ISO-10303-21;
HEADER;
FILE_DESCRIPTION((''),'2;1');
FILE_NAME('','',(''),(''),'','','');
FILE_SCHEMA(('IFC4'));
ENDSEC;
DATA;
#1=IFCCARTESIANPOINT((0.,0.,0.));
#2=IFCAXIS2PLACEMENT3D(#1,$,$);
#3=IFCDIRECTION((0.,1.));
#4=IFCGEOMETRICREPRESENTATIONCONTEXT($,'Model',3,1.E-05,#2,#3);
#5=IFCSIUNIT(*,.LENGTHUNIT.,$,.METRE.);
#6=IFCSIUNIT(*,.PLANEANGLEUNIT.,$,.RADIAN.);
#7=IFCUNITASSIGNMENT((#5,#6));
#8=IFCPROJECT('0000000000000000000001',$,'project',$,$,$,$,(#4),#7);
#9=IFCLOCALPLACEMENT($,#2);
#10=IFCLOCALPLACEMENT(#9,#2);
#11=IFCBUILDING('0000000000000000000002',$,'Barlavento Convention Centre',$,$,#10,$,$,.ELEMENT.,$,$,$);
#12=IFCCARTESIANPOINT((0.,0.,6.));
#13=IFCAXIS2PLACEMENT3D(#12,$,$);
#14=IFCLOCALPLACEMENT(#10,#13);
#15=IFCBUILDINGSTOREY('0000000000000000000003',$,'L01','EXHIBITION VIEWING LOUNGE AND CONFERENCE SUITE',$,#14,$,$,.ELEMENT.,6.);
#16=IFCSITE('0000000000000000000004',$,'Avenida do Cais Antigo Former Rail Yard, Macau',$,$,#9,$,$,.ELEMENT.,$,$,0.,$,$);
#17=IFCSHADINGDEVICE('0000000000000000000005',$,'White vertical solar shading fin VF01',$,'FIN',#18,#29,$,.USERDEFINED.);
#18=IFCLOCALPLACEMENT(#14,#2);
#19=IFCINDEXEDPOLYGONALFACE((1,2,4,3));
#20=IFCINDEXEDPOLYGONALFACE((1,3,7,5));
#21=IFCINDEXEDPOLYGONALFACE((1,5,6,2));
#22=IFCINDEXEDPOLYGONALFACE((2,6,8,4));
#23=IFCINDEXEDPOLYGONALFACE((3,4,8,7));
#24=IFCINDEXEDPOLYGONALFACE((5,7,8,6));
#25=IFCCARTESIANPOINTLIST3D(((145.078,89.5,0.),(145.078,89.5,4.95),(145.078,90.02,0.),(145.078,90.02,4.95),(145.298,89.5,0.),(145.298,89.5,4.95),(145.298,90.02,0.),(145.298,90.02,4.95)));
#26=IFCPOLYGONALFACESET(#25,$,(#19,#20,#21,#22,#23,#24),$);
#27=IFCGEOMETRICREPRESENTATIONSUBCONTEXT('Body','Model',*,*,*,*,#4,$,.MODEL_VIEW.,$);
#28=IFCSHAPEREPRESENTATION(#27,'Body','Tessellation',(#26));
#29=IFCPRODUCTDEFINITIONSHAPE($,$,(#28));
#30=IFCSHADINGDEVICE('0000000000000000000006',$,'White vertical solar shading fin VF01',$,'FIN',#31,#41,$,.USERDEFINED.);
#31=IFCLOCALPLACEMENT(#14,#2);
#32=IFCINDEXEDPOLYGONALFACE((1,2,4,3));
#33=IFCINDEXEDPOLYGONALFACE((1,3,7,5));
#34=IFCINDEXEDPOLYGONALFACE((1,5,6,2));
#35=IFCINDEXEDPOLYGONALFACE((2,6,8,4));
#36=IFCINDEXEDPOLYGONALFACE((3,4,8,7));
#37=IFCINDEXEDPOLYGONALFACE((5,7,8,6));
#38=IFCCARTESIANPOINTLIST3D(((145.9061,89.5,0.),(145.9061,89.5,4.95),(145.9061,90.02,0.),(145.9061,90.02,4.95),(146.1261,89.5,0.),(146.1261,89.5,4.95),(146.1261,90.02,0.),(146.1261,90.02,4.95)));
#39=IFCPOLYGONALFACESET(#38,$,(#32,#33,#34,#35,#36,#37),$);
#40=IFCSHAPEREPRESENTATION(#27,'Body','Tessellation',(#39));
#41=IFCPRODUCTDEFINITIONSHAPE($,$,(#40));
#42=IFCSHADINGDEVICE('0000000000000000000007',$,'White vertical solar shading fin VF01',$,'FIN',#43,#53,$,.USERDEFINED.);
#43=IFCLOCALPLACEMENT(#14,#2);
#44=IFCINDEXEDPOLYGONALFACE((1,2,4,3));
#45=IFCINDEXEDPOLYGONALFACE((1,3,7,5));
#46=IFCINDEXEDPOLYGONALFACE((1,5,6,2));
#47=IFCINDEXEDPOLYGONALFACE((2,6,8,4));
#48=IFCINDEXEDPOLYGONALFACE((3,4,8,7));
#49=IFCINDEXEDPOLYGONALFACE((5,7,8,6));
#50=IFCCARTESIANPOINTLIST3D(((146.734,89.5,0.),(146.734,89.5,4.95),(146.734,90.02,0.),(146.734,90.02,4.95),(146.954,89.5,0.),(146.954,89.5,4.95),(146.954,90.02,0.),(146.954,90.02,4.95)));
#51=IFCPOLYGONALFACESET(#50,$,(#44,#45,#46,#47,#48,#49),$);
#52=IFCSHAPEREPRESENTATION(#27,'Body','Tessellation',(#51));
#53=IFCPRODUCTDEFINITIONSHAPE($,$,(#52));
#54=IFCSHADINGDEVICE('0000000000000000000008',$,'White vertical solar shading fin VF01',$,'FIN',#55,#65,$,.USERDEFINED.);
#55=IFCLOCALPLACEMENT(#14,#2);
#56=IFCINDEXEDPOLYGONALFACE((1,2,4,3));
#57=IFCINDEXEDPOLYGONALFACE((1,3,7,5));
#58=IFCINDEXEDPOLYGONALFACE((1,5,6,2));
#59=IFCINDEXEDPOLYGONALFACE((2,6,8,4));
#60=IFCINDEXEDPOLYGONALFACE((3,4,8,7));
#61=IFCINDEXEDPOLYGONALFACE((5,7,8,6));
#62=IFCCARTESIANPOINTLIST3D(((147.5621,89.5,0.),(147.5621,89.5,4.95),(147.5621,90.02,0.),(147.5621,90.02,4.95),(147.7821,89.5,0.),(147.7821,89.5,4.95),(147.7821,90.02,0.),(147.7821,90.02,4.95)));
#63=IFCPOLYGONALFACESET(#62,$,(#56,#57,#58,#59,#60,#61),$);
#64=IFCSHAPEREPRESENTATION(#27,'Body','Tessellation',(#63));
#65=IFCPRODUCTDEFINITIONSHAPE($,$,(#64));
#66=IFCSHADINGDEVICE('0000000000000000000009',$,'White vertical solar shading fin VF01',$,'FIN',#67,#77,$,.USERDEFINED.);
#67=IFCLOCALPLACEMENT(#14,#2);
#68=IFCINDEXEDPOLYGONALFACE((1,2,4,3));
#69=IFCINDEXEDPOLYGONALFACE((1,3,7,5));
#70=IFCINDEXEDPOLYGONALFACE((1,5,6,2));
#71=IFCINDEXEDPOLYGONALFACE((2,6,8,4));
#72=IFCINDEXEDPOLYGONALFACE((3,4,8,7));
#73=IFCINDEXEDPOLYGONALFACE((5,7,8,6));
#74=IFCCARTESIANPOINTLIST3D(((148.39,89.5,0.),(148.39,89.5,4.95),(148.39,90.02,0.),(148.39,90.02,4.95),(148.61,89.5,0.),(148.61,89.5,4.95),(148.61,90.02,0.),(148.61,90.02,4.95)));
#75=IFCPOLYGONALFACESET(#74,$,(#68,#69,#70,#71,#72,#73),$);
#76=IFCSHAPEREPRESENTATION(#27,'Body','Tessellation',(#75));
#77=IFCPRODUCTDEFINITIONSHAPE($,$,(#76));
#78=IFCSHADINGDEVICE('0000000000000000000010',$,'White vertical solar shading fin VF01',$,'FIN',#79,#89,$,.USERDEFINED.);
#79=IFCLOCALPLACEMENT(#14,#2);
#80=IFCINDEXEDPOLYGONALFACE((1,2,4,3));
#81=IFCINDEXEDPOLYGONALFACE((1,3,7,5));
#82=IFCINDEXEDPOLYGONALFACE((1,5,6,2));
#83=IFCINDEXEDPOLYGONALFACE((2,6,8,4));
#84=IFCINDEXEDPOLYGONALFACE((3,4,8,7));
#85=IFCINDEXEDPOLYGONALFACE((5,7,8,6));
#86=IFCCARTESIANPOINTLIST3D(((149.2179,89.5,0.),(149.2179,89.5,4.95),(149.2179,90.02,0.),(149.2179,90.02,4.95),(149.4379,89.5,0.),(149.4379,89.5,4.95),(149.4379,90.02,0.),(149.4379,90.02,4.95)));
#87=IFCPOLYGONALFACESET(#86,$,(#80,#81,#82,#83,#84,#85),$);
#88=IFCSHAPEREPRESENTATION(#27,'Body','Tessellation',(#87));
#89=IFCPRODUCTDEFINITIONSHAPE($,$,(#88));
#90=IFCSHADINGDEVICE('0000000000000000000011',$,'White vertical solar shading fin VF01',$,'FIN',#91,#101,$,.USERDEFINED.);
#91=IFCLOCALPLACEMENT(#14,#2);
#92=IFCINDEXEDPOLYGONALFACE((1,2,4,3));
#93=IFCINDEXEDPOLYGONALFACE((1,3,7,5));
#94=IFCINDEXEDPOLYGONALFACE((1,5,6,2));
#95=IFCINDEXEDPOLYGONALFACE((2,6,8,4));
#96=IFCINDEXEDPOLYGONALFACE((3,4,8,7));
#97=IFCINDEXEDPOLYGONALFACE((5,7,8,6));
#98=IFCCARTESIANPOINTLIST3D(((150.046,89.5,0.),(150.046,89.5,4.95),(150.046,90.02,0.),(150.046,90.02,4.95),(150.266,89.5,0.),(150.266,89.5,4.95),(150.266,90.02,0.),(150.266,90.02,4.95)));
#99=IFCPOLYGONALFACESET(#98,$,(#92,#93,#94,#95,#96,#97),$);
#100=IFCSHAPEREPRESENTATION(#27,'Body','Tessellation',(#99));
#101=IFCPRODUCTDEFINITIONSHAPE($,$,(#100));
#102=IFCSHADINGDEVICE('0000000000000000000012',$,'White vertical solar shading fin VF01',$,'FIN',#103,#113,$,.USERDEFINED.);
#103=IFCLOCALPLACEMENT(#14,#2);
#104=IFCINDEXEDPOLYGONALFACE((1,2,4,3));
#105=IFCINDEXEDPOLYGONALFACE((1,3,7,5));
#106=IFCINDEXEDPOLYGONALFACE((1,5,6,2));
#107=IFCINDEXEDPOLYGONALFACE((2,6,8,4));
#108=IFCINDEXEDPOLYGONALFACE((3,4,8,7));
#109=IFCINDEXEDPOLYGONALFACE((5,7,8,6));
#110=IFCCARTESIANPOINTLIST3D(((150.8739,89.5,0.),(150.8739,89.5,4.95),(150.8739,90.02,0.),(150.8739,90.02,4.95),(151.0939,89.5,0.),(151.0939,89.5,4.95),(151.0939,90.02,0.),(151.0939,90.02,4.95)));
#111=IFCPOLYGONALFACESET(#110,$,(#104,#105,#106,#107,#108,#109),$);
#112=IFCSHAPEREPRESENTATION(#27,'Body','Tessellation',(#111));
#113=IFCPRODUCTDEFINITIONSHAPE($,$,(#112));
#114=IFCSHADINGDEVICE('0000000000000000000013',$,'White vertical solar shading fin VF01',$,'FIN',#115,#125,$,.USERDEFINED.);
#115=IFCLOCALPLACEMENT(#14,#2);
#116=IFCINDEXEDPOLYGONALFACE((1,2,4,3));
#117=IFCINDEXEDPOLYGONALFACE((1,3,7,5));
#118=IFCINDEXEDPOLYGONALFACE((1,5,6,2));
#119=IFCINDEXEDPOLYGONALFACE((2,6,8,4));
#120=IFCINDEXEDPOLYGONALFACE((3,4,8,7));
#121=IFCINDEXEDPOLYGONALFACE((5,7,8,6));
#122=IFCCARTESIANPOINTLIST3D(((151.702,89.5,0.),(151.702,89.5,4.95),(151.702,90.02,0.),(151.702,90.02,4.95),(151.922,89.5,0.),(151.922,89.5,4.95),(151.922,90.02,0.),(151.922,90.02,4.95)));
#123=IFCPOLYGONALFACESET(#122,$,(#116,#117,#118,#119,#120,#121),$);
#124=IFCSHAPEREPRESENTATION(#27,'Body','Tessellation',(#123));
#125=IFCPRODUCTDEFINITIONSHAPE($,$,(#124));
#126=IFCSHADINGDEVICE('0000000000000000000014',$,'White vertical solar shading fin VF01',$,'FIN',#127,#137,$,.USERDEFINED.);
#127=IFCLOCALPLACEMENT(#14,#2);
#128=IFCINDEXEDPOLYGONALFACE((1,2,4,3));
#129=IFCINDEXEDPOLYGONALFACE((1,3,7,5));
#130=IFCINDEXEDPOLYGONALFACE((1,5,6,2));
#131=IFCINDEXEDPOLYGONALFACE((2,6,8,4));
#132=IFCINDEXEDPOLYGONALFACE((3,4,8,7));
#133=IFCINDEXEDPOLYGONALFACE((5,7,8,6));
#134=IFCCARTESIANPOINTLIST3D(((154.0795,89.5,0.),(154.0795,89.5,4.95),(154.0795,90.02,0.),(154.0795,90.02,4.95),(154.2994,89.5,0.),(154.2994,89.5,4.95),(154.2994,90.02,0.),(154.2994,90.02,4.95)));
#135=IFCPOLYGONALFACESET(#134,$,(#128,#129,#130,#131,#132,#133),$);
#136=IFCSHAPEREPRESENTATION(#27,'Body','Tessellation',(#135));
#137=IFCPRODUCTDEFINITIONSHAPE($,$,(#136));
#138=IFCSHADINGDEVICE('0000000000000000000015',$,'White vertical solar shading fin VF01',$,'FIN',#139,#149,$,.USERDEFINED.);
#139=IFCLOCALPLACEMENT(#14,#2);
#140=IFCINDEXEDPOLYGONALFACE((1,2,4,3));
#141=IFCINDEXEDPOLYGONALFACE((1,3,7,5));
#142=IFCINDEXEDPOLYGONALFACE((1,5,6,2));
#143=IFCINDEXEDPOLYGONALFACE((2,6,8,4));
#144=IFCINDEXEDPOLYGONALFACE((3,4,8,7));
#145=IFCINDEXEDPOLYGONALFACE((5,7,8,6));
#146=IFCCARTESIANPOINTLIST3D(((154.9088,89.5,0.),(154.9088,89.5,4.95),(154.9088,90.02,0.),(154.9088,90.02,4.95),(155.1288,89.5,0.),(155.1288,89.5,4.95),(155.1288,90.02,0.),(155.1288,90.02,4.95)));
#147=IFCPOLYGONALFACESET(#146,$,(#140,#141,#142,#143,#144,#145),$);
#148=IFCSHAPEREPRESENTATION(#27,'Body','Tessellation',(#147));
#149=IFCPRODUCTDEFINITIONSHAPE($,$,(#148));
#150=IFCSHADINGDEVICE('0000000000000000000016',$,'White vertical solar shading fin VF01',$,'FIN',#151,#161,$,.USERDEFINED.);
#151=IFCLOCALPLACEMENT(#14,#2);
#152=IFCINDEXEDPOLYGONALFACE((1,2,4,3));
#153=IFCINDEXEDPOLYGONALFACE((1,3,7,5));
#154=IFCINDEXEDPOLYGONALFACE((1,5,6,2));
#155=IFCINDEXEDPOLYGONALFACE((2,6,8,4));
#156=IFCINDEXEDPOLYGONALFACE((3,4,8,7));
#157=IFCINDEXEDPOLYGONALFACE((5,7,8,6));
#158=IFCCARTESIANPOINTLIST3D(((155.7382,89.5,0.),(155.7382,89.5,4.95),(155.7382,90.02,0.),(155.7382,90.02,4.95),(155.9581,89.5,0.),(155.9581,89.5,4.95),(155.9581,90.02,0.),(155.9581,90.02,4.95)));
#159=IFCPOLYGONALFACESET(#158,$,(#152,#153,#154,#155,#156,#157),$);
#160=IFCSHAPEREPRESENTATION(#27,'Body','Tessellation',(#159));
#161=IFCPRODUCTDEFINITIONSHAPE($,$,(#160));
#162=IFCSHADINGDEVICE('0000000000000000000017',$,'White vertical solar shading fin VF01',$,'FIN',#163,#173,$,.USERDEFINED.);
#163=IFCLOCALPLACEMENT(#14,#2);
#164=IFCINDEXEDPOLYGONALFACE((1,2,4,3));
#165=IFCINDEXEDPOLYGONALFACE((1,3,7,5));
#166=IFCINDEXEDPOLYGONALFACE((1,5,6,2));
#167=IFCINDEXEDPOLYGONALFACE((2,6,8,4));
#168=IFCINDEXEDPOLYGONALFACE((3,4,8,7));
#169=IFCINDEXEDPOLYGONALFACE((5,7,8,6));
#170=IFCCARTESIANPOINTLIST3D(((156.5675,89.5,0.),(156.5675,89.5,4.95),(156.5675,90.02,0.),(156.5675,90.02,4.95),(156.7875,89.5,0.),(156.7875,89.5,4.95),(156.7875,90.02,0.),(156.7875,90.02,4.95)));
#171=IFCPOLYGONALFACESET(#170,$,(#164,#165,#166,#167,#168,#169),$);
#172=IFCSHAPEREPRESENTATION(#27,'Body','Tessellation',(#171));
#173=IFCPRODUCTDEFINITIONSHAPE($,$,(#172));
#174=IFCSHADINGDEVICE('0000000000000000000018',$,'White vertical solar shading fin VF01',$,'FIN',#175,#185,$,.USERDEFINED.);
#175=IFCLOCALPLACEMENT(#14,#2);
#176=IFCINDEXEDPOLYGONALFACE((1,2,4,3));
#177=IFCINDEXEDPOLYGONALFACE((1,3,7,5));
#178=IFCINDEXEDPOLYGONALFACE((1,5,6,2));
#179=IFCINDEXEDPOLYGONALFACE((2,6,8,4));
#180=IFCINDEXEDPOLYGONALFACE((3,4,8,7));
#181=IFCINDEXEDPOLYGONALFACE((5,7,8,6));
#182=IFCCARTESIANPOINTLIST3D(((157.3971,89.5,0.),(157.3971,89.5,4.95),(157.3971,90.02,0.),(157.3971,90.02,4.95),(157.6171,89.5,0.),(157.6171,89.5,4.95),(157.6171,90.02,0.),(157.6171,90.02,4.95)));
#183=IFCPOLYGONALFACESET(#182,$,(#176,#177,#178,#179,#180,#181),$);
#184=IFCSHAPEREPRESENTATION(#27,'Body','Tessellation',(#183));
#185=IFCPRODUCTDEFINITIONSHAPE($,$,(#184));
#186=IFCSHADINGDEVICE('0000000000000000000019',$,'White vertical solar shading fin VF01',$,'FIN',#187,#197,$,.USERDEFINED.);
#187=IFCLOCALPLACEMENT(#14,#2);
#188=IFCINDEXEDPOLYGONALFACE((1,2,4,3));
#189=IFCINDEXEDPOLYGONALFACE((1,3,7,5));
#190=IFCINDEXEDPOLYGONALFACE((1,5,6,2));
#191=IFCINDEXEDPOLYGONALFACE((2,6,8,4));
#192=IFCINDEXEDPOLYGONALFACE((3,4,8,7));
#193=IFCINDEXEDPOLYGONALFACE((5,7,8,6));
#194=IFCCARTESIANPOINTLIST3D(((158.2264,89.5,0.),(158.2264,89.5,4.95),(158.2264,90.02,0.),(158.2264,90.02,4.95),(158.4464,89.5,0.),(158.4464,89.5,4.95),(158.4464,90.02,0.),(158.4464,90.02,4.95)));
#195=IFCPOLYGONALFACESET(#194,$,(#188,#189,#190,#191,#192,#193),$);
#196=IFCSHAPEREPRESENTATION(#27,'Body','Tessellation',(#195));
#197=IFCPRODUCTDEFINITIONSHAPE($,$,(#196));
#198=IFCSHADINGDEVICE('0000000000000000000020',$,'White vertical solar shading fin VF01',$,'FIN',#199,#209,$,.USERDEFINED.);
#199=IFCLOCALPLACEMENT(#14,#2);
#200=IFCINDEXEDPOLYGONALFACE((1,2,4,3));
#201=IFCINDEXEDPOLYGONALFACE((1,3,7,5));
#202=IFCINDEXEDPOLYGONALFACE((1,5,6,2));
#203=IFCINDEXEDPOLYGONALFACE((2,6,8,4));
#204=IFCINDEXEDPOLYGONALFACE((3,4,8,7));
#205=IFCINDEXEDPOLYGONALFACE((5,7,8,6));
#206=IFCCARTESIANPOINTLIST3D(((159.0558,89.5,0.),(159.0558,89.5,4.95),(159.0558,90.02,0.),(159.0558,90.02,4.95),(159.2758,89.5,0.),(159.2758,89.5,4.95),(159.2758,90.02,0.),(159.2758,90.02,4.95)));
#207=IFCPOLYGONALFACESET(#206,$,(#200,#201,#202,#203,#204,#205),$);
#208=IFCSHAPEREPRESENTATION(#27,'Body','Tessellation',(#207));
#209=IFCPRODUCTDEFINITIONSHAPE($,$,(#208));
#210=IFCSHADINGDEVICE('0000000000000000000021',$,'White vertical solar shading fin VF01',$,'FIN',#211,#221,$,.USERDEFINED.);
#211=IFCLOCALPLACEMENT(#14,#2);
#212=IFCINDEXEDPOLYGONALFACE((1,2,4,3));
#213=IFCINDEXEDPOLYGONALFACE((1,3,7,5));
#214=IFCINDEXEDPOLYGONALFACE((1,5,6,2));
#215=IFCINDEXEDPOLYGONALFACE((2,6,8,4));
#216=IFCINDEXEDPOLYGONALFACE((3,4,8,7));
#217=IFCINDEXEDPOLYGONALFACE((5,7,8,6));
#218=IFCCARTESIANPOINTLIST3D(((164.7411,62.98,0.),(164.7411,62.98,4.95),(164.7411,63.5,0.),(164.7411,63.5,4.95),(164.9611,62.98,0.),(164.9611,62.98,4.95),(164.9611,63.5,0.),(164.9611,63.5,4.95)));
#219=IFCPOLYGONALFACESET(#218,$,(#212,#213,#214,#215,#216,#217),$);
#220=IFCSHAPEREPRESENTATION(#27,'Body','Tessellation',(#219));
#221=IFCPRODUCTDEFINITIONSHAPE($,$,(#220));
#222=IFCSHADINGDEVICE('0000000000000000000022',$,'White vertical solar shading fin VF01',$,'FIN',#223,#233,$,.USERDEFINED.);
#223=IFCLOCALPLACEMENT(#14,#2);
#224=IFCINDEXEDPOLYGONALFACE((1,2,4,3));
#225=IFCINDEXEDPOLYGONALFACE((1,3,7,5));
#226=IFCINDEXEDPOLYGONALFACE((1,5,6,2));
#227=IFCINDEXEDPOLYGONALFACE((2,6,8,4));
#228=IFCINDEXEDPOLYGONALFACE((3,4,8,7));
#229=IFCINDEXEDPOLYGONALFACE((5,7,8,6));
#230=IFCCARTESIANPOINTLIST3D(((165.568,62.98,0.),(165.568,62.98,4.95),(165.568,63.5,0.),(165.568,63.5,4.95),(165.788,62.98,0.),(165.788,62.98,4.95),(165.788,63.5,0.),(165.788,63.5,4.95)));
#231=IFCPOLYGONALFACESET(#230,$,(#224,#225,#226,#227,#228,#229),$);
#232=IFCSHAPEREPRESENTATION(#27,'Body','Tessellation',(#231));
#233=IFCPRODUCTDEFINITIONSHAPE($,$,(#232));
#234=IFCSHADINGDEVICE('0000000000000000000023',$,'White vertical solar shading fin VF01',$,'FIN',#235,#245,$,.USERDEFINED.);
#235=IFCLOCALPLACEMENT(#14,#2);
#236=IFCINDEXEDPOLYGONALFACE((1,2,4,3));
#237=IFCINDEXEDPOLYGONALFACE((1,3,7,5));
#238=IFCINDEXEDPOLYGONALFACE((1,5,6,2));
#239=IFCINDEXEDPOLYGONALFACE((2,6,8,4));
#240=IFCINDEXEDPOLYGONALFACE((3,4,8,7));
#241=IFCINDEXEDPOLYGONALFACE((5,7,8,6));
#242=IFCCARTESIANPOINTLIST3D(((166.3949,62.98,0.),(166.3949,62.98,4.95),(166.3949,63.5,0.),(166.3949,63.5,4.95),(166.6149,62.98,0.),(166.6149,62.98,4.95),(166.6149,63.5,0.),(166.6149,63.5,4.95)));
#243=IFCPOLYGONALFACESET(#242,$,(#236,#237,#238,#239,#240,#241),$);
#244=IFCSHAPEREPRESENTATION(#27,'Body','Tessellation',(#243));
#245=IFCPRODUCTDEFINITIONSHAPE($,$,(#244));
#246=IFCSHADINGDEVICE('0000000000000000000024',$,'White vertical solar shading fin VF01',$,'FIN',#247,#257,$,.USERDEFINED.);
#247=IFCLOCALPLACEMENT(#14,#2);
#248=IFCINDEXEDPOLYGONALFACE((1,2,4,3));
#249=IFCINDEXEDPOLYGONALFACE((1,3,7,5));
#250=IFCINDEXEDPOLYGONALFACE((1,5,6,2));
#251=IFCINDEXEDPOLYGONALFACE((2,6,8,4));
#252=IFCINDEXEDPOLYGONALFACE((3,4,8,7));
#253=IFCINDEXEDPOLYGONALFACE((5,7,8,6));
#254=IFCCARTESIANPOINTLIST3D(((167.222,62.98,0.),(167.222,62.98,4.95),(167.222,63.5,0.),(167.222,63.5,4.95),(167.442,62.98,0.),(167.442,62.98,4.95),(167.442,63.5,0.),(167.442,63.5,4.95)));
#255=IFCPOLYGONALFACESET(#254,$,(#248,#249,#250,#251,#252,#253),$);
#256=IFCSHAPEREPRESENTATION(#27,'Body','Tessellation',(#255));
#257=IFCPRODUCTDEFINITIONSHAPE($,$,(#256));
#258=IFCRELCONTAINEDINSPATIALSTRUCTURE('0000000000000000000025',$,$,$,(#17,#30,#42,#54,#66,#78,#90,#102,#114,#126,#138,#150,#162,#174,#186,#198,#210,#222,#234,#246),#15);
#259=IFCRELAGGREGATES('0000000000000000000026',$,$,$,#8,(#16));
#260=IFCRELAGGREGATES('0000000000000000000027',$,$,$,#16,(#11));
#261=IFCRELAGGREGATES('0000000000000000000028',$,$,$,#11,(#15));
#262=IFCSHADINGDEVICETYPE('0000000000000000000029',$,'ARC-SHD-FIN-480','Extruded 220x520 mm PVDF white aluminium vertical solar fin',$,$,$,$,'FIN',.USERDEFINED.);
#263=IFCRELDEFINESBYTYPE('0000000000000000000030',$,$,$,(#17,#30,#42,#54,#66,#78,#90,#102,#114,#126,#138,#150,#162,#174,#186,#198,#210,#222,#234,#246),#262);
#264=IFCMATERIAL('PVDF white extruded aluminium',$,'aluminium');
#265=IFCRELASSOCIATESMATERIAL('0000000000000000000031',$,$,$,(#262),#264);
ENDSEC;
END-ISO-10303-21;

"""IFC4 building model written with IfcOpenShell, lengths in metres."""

from ifc_helpers import new_model, si_unit, direction, frame, origin, origin_2d, place, context, subcontext, project, spatial, rectangle, extrude, material, type_object, element, save


model = new_model("IFC4")

# Units and contexts
model_context = context("Model", 3, precision=1e-05, world=origin(), true_north=direction((0.0, 1.0)))
body_context = subcontext(model_context, "Body", "Model", "MODEL_VIEW")
ifc_project = project(units=[si_unit("LENGTHUNIT", "METRE"), si_unit("PLANEANGLEUNIT", "RADIAN")], contexts=[model_context])

# Site, building, storey
site_placement = place(None, origin())
site = spatial("IfcSite", under=ifc_project, at=site_placement, Name="Avenida do Cais Antigo Former Rail Yard, Macau", CompositionType="ELEMENT", RefElevation=0.0)
building_placement = place(site_placement, origin())
building = spatial("IfcBuilding", under=site, at=building_placement, Name="Barlavento Convention Centre", CompositionType="ELEMENT")
storey_placement = place(building_placement, frame((0.0, 0.0, 6.0)))
storey = spatial("IfcBuildingStorey", under=building, at=storey_placement, Name="L01", Description="EXHIBITION VIEWING LOUNGE AND CONFERENCE SUITE", CompositionType="ELEMENT", Elevation=6.0)

# Shading devices
ifc_material = material(Name="PVDF white extruded aluminium", Category="aluminium")
shading_device_type = type_object("IfcShadingDeviceType", Name="ARC-SHD-FIN-480", Description="Extruded 220x520 mm PVDF white aluminium vertical solar fin", ElementType="FIN", PredefinedType="USERDEFINED", material=ifc_material)
for number, where, z_axis, x_axis, name in (
    (1, (145.188, 89.76, 0.0), (0.0, 0.0, 1.0), (1.0, 0.0, 0.0), "White vertical solar shading fin VF01"),
    (2, (146.0161, 89.76, 0.0), (0.0, 0.0, 1.0), (1.0, 0.0, 0.0), "White vertical solar shading fin VF01"),
    (3, (146.844, 89.76, 0.0), (0.0, 0.0, 1.0), (1.0, 0.0, 0.0), "White vertical solar shading fin VF01"),
    (4, (147.6721, 89.76, 0.0), (0.0, 0.0, 1.0), (1.0, 0.0, 0.0), "White vertical solar shading fin VF01"),
    (5, (148.5, 89.76, 0.0), (0.0, 0.0, 1.0), (1.0, 0.0, 0.0), "White vertical solar shading fin VF01"),
    (6, (149.3279, 89.76, 0.0), (0.0, 0.0, 1.0), (1.0, 0.0, 0.0), "White vertical solar shading fin VF01"),
    (7, (150.156, 89.76, 0.0), (0.0, 0.0, 1.0), (1.0, 0.0, 0.0), "White vertical solar shading fin VF01"),
    (8, (150.9839, 89.76, 0.0), (0.0, 0.0, 1.0), (1.0, 0.0, 0.0), "White vertical solar shading fin VF01"),
    (9, (151.812, 89.76, 0.0), (0.0, 0.0, 1.0), (1.0, 0.0, 0.0), "White vertical solar shading fin VF01"),
    (10, (154.1895, 89.76, 0.0), (0.0, 0.0, 1.0), (1.0, 0.0, 0.0), "White vertical solar shading fin VF01"),
    (11, (155.0188, 89.76, 0.0), (0.0, 0.0, 1.0), (1.0, 0.0, 0.0), "White vertical solar shading fin VF01"),
    (12, (155.8481, 89.76, 0.0), (0.0, 0.0, 1.0), (1.0, 0.0, 0.0), "White vertical solar shading fin VF01"),
    (13, (156.6775, 89.76, 0.0), (0.0, 0.0, 1.0), (1.0, 0.0, 0.0), "White vertical solar shading fin VF01"),
    (14, (157.5071, 89.76, 0.0), (0.0, 0.0, 1.0), (1.0, 0.0, 0.0), "White vertical solar shading fin VF01"),
    (15, (158.3364, 89.76, 0.0), (0.0, 0.0, 1.0), (1.0, 0.0, 0.0), "White vertical solar shading fin VF01"),
    (16, (159.1658, 89.76, 0.0), (0.0, 0.0, 1.0), (1.0, 0.0, 0.0), "White vertical solar shading fin VF01"),
    (17, (164.8511, 63.24, 0.0), (0.0, 0.0, 1.0), (1.0, 0.0, 0.0), "White vertical solar shading fin VF01"),
    (18, (165.678, 63.24, 0.0), (0.0, 0.0, 1.0), (1.0, 0.0, 0.0), "White vertical solar shading fin VF01"),
    (19, (166.5049, 63.24, 0.0), (0.0, 0.0, 1.0), (1.0, 0.0, 0.0), "White vertical solar shading fin VF01"),
    (20, (167.332, 63.24, 0.0), (0.0, 0.0, 1.0), (1.0, 0.0, 0.0), "White vertical solar shading fin VF01"),
):
    element("IfcShadingDevice", number, at=place(storey_placement, frame(where, z_axis=z_axis, x_axis=x_axis)), inside=storey, type_object=shading_device_type, Name=name, ObjectType="FIN", PredefinedType="USERDEFINED", context=body_context, shape_type="SweptSolid", body=[
        extrude(rectangle(XDim=0.22, YDim=0.52, at=origin_2d()), origin(), (0.0, 0.0, 1.0), 4.95),
    ])

save(model, "model.ifc")
